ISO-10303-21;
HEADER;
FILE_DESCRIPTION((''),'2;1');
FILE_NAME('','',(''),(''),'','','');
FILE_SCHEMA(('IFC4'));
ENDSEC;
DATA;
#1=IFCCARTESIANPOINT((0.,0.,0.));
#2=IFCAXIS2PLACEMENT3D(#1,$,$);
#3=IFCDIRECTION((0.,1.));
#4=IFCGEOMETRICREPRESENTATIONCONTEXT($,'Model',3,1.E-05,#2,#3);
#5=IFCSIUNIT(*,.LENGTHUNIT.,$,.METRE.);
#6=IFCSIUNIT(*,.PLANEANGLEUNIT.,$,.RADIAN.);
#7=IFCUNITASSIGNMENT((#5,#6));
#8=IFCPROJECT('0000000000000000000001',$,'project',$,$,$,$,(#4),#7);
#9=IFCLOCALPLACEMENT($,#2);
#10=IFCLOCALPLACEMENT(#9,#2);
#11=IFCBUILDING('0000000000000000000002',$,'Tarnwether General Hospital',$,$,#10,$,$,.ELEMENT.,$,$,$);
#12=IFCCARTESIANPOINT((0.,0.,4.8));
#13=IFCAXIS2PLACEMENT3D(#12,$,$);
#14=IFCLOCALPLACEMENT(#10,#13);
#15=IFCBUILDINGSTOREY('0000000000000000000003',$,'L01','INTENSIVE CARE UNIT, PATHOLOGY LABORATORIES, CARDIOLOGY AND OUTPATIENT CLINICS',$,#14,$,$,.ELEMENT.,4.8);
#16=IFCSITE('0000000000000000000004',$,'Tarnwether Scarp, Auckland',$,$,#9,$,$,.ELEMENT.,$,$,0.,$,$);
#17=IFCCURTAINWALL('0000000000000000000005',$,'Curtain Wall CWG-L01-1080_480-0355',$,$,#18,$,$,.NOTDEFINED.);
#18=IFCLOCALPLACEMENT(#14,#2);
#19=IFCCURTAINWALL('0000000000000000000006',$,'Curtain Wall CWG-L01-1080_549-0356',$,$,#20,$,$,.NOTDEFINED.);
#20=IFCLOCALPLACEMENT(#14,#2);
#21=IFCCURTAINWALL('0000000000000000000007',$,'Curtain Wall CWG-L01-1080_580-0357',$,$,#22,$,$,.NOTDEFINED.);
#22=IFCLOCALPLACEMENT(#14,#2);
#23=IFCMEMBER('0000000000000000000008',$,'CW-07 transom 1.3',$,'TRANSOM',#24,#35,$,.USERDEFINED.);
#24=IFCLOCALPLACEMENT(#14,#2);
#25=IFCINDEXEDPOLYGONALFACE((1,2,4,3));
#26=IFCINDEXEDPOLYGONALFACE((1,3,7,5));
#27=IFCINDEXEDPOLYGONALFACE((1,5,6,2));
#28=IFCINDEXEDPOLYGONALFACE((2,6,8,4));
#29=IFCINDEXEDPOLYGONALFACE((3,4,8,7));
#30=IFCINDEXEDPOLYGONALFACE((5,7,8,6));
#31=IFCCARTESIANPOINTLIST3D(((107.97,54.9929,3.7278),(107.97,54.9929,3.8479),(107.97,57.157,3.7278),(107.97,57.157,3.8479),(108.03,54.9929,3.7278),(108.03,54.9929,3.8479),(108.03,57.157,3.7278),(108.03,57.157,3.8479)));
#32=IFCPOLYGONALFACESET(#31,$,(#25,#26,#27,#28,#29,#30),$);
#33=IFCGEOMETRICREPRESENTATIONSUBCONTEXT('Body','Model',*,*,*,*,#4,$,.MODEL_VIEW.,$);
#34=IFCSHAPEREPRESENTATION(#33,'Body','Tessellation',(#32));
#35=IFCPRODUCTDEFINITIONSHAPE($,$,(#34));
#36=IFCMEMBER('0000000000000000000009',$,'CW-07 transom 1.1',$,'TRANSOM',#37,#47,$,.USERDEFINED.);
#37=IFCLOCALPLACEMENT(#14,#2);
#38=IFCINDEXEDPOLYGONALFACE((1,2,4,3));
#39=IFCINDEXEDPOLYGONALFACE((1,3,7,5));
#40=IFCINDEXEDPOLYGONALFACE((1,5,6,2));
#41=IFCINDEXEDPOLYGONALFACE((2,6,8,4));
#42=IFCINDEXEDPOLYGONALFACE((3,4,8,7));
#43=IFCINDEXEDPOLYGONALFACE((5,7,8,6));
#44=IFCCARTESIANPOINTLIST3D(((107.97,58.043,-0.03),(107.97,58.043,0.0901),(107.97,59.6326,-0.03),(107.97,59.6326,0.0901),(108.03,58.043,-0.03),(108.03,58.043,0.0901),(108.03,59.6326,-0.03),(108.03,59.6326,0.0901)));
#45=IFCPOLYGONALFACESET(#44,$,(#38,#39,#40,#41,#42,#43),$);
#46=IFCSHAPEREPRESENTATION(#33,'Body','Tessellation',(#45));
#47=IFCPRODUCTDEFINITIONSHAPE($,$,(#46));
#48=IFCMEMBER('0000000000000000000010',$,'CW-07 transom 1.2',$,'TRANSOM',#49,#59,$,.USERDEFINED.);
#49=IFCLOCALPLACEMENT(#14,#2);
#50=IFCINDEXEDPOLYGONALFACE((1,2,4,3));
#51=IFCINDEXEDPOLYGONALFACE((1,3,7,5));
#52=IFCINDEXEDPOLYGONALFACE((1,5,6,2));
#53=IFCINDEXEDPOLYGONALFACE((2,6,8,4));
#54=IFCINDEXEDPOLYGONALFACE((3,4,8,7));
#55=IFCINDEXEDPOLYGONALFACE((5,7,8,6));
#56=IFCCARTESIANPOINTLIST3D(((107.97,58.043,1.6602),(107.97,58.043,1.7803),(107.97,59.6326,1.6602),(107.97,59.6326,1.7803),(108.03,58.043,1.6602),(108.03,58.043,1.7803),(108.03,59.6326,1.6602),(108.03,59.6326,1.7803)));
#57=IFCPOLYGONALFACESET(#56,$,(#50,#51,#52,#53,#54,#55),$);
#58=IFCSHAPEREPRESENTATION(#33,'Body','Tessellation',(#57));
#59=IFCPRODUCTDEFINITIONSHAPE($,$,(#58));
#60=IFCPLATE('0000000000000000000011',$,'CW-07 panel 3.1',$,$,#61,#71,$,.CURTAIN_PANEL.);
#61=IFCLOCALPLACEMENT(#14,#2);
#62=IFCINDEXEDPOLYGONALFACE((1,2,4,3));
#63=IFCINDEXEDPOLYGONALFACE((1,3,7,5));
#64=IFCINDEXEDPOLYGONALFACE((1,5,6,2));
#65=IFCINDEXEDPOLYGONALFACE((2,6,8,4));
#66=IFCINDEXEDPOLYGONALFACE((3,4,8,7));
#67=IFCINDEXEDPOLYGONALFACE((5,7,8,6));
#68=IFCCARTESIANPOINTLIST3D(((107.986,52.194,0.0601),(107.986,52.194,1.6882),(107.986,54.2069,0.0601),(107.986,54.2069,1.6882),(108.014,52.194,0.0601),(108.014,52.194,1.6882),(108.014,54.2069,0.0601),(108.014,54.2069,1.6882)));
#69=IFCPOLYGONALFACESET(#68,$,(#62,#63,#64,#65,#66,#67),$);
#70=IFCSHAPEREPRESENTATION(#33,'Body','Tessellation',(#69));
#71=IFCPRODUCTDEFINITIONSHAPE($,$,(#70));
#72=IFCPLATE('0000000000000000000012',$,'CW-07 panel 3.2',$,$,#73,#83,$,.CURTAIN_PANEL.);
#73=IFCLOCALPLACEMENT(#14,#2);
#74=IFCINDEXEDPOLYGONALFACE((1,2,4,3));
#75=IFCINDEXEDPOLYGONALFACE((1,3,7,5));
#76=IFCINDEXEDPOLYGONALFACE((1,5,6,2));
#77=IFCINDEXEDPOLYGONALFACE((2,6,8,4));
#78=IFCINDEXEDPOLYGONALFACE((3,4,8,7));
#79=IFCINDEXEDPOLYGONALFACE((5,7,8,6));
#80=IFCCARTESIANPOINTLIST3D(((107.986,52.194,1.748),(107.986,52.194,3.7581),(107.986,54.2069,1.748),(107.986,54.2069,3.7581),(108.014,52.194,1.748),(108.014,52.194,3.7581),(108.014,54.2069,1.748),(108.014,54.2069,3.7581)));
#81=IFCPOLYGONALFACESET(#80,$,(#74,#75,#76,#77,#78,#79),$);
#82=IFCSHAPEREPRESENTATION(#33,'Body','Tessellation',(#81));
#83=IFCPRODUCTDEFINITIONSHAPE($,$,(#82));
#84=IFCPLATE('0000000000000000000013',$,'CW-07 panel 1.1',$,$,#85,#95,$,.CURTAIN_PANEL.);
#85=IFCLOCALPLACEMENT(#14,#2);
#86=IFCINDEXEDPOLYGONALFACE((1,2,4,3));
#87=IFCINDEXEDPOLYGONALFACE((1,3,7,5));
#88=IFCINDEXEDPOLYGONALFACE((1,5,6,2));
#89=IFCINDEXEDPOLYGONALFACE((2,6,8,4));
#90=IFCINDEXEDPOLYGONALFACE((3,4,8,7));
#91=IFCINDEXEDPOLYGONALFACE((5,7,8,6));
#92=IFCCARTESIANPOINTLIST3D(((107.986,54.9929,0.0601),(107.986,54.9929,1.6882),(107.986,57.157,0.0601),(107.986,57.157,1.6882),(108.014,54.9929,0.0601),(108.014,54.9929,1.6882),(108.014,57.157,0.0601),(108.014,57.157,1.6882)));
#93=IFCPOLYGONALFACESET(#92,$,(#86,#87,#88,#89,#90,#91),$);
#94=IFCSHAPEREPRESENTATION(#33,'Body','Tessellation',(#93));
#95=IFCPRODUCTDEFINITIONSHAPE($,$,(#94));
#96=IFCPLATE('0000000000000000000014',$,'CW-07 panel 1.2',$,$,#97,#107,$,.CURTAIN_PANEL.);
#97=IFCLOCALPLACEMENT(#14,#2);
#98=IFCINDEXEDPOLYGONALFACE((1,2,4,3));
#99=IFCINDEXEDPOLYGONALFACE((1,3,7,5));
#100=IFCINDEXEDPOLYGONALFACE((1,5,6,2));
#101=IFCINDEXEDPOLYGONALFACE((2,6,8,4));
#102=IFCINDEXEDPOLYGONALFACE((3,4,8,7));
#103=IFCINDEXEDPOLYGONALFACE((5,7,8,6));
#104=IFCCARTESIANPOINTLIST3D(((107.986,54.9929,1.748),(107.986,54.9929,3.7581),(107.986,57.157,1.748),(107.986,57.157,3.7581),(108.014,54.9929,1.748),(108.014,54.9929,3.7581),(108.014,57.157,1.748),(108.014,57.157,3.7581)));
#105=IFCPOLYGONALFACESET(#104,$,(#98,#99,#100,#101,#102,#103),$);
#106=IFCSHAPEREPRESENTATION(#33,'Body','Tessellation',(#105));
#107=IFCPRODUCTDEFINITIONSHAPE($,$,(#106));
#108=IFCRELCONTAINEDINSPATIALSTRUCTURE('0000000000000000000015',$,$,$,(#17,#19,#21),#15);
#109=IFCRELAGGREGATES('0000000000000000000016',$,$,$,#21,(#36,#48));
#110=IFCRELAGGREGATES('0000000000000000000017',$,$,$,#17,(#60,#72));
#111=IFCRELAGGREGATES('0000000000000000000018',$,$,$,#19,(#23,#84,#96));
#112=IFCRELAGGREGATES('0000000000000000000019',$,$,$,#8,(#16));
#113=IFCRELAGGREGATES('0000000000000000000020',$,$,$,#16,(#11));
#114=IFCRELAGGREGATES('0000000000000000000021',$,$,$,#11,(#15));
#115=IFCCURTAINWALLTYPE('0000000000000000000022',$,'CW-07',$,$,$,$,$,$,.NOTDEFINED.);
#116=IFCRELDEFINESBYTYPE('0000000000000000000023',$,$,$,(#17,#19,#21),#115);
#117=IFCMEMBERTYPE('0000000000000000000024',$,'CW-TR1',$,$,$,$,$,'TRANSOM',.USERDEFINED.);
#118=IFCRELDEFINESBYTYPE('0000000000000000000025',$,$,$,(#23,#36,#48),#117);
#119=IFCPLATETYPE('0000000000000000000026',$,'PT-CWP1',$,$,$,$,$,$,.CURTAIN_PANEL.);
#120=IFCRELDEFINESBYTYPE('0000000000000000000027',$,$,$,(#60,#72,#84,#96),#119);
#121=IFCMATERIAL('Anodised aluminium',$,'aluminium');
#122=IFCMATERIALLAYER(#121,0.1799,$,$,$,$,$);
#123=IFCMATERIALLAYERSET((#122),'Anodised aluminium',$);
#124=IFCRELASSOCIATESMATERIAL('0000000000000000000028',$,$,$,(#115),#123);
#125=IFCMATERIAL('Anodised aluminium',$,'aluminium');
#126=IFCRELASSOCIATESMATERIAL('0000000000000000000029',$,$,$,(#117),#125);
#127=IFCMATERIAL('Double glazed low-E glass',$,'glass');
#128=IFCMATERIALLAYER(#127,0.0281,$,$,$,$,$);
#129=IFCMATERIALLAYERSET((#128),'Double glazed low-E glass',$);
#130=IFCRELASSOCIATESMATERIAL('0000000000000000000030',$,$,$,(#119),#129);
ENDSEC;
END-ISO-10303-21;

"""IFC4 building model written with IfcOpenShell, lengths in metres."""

from ifc_helpers import new_model, si_unit, direction, frame, origin, origin_2d, place, context, subcontext, project, spatial, rectangle, extrude, material, layer, layer_set, material_profile, profile_set, type_object, element, aggregate, save


model = new_model("IFC4")

# Units and contexts
model_context = context("Model", 3, precision=1e-05, world=origin(), true_north=direction((0.0, 1.0)))
body_context = subcontext(model_context, "Body", "Model", "MODEL_VIEW")
ifc_project = project(units=[si_unit("LENGTHUNIT", "METRE"), si_unit("PLANEANGLEUNIT", "RADIAN")], contexts=[model_context])

# Site, building, storey
site_placement = place(None, origin())
site = spatial("IfcSite", under=ifc_project, at=site_placement, Name="Tarnwether Scarp, Auckland", CompositionType="ELEMENT", RefElevation=0.0)
building_placement = place(site_placement, origin())
building = spatial("IfcBuilding", under=site, at=building_placement, Name="Tarnwether General Hospital", CompositionType="ELEMENT")
storey_placement = place(building_placement, frame((0.0, 0.0, 4.8)))
storey = spatial("IfcBuildingStorey", under=building, at=storey_placement, Name="L01", Description="INTENSIVE CARE UNIT, PATHOLOGY LABORATORIES, CARDIOLOGY AND OUTPATIENT CLINICS", CompositionType="ELEMENT", Elevation=4.8)

# Curtain walls
ifc_material_1 = material(Name="Anodised aluminium", Category="aluminium")
ifc_layer_1 = layer(ifc_material_1, 0.1799)
ifc_layer_set_1 = layer_set([ifc_layer_1], Name="Anodised aluminium")
curtain_wall_type = type_object("IfcCurtainWallType", Name="CW-07", PredefinedType="NOTDEFINED", material=ifc_layer_set_1)
curtain_wall_1_placement = place(storey_placement, origin())
curtain_wall_1 = element("IfcCurtainWall", 1, at=curtain_wall_1_placement, inside=storey, type_object=curtain_wall_type, Name="Curtain Wall CWG-L01-1080_480-0355", PredefinedType="NOTDEFINED")
curtain_wall_2_placement = place(storey_placement, origin())
curtain_wall_2 = element("IfcCurtainWall", 2, at=curtain_wall_2_placement, inside=storey, type_object=curtain_wall_type, Name="Curtain Wall CWG-L01-1080_549-0356", PredefinedType="NOTDEFINED")

# Curtain wall
curtain_wall_3_placement = place(storey_placement, origin())
curtain_wall_3 = element("IfcCurtainWall", 3, at=curtain_wall_3_placement, inside=storey, type_object=curtain_wall_type, Name="Curtain Wall CWG-L01-1080_580-0357", PredefinedType="NOTDEFINED")

# Members
ifc_material_2 = material(Name="Anodised aluminium", Category="aluminium")
ifc_material_profile_1 = material_profile(ifc_material_2, rectangle(XDim=0.0601, YDim=0.1201, at=origin_2d()), Name="ALU-TRN-60x120")
ifc_profile_set_1 = profile_set([ifc_material_profile_1], Name="Anodised aluminium")
member_type_1 = type_object("IfcMemberType", Name="CW-TR1", ElementType="TRANSOM", PredefinedType="USERDEFINED", material=ifc_profile_set_1)
member_1_placement = place(storey_placement, frame((108.0, 54.9929, 3.7878), z_axis=(0.0, 1.0, 0.0), x_axis=(-1.0, 0.0, 0.0)))
member_1 = element("IfcMember", 4, at=member_1_placement, type_object=member_type_1, Name="CW-07 transom 1.3", ObjectType="TRANSOM", PredefinedType="USERDEFINED", context=body_context, shape_type="SweptSolid", body=[
    extrude(rectangle(XDim=0.0601, YDim=0.1201, at=origin_2d()), origin(), (0.0, 0.0, 1.0), 2.1641),
])
member_2_placement = place(storey_placement, frame((108.0, 58.043, 0.03), z_axis=(0.0, 1.0, 0.0), x_axis=(-1.0, 0.0, 0.0)))
member_2 = element("IfcMember", 5, at=member_2_placement, type_object=member_type_1, Name="CW-07 transom 1.1", ObjectType="TRANSOM", PredefinedType="USERDEFINED", context=body_context, shape_type="SweptSolid", body=[
    extrude(rectangle(XDim=0.0601, YDim=0.1201, at=origin_2d()), origin(), (0.0, 0.0, 1.0), 1.5896),
])
member_3_placement = place(storey_placement, frame((108.0, 58.043, 1.7202), z_axis=(0.0, 1.0, 0.0), x_axis=(-1.0, 0.0, 0.0)))
member_3 = element("IfcMember", 6, at=member_3_placement, type_object=member_type_1, Name="CW-07 transom 1.2", ObjectType="TRANSOM", PredefinedType="USERDEFINED", context=body_context, shape_type="SweptSolid", body=[
    extrude(rectangle(XDim=0.0601, YDim=0.1201, at=origin_2d()), origin(), (0.0, 0.0, 1.0), 1.5896),
])
aggregate(curtain_wall_3, [member_2, member_3])

# Plates
ifc_material_3 = material(Name="Double glazed low-E glass", Category="glass")
ifc_layer_2 = layer(ifc_material_3, 0.0281)
ifc_layer_set_2 = layer_set([ifc_layer_2], Name="Double glazed low-E glass")
plate_type = type_object("IfcPlateType", Name="PT-CWP1", PredefinedType="CURTAIN_PANEL", material=ifc_layer_set_2)
plate_1_placement = place(storey_placement, frame((108.0, 53.2004, 0.0601), z_axis=(0.0, 0.0, 1.0), x_axis=(0.0, 1.0, 0.0)))
plate_1 = element("IfcPlate", 7, at=plate_1_placement, type_object=plate_type, Name="CW-07 panel 3.1", PredefinedType="CURTAIN_PANEL", context=body_context, shape_type="SweptSolid", body=[
    extrude(rectangle(XDim=2.0129, YDim=0.0281, at=origin_2d()), origin(), (0.0, 0.0, 1.0), 1.6282),
])
plate_2_placement = place(storey_placement, frame((108.0, 53.2004, 1.748), z_axis=(0.0, 0.0, 1.0), x_axis=(0.0, 1.0, 0.0)))
plate_2 = element("IfcPlate", 8, at=plate_2_placement, type_object=plate_type, Name="CW-07 panel 3.2", PredefinedType="CURTAIN_PANEL", context=body_context, shape_type="SweptSolid", body=[
    extrude(rectangle(XDim=2.0129, YDim=0.0281, at=origin_2d()), origin(), (0.0, 0.0, 1.0), 2.01),
])
aggregate(curtain_wall_1, [plate_1, plate_2])
plate_3_placement = place(storey_placement, frame((108.0, 56.075, 0.0601), z_axis=(0.0, 0.0, 1.0), x_axis=(0.0, 1.0, 0.0)))
plate_3 = element("IfcPlate", 9, at=plate_3_placement, type_object=plate_type, Name="CW-07 panel 1.1", PredefinedType="CURTAIN_PANEL", context=body_context, shape_type="SweptSolid", body=[
    extrude(rectangle(XDim=2.1641, YDim=0.0281, at=origin_2d()), origin(), (0.0, 0.0, 1.0), 1.6282),
])
plate_4_placement = place(storey_placement, frame((108.0, 56.075, 1.748), z_axis=(0.0, 0.0, 1.0), x_axis=(0.0, 1.0, 0.0)))
plate_4 = element("IfcPlate", 10, at=plate_4_placement, type_object=plate_type, Name="CW-07 panel 1.2", PredefinedType="CURTAIN_PANEL", context=body_context, shape_type="SweptSolid", body=[
    extrude(rectangle(XDim=2.1641, YDim=0.0281, at=origin_2d()), origin(), (0.0, 0.0, 1.0), 2.01),
])
aggregate(curtain_wall_2, [member_1, plate_3, plate_4])

save(model, "model.ifc")
